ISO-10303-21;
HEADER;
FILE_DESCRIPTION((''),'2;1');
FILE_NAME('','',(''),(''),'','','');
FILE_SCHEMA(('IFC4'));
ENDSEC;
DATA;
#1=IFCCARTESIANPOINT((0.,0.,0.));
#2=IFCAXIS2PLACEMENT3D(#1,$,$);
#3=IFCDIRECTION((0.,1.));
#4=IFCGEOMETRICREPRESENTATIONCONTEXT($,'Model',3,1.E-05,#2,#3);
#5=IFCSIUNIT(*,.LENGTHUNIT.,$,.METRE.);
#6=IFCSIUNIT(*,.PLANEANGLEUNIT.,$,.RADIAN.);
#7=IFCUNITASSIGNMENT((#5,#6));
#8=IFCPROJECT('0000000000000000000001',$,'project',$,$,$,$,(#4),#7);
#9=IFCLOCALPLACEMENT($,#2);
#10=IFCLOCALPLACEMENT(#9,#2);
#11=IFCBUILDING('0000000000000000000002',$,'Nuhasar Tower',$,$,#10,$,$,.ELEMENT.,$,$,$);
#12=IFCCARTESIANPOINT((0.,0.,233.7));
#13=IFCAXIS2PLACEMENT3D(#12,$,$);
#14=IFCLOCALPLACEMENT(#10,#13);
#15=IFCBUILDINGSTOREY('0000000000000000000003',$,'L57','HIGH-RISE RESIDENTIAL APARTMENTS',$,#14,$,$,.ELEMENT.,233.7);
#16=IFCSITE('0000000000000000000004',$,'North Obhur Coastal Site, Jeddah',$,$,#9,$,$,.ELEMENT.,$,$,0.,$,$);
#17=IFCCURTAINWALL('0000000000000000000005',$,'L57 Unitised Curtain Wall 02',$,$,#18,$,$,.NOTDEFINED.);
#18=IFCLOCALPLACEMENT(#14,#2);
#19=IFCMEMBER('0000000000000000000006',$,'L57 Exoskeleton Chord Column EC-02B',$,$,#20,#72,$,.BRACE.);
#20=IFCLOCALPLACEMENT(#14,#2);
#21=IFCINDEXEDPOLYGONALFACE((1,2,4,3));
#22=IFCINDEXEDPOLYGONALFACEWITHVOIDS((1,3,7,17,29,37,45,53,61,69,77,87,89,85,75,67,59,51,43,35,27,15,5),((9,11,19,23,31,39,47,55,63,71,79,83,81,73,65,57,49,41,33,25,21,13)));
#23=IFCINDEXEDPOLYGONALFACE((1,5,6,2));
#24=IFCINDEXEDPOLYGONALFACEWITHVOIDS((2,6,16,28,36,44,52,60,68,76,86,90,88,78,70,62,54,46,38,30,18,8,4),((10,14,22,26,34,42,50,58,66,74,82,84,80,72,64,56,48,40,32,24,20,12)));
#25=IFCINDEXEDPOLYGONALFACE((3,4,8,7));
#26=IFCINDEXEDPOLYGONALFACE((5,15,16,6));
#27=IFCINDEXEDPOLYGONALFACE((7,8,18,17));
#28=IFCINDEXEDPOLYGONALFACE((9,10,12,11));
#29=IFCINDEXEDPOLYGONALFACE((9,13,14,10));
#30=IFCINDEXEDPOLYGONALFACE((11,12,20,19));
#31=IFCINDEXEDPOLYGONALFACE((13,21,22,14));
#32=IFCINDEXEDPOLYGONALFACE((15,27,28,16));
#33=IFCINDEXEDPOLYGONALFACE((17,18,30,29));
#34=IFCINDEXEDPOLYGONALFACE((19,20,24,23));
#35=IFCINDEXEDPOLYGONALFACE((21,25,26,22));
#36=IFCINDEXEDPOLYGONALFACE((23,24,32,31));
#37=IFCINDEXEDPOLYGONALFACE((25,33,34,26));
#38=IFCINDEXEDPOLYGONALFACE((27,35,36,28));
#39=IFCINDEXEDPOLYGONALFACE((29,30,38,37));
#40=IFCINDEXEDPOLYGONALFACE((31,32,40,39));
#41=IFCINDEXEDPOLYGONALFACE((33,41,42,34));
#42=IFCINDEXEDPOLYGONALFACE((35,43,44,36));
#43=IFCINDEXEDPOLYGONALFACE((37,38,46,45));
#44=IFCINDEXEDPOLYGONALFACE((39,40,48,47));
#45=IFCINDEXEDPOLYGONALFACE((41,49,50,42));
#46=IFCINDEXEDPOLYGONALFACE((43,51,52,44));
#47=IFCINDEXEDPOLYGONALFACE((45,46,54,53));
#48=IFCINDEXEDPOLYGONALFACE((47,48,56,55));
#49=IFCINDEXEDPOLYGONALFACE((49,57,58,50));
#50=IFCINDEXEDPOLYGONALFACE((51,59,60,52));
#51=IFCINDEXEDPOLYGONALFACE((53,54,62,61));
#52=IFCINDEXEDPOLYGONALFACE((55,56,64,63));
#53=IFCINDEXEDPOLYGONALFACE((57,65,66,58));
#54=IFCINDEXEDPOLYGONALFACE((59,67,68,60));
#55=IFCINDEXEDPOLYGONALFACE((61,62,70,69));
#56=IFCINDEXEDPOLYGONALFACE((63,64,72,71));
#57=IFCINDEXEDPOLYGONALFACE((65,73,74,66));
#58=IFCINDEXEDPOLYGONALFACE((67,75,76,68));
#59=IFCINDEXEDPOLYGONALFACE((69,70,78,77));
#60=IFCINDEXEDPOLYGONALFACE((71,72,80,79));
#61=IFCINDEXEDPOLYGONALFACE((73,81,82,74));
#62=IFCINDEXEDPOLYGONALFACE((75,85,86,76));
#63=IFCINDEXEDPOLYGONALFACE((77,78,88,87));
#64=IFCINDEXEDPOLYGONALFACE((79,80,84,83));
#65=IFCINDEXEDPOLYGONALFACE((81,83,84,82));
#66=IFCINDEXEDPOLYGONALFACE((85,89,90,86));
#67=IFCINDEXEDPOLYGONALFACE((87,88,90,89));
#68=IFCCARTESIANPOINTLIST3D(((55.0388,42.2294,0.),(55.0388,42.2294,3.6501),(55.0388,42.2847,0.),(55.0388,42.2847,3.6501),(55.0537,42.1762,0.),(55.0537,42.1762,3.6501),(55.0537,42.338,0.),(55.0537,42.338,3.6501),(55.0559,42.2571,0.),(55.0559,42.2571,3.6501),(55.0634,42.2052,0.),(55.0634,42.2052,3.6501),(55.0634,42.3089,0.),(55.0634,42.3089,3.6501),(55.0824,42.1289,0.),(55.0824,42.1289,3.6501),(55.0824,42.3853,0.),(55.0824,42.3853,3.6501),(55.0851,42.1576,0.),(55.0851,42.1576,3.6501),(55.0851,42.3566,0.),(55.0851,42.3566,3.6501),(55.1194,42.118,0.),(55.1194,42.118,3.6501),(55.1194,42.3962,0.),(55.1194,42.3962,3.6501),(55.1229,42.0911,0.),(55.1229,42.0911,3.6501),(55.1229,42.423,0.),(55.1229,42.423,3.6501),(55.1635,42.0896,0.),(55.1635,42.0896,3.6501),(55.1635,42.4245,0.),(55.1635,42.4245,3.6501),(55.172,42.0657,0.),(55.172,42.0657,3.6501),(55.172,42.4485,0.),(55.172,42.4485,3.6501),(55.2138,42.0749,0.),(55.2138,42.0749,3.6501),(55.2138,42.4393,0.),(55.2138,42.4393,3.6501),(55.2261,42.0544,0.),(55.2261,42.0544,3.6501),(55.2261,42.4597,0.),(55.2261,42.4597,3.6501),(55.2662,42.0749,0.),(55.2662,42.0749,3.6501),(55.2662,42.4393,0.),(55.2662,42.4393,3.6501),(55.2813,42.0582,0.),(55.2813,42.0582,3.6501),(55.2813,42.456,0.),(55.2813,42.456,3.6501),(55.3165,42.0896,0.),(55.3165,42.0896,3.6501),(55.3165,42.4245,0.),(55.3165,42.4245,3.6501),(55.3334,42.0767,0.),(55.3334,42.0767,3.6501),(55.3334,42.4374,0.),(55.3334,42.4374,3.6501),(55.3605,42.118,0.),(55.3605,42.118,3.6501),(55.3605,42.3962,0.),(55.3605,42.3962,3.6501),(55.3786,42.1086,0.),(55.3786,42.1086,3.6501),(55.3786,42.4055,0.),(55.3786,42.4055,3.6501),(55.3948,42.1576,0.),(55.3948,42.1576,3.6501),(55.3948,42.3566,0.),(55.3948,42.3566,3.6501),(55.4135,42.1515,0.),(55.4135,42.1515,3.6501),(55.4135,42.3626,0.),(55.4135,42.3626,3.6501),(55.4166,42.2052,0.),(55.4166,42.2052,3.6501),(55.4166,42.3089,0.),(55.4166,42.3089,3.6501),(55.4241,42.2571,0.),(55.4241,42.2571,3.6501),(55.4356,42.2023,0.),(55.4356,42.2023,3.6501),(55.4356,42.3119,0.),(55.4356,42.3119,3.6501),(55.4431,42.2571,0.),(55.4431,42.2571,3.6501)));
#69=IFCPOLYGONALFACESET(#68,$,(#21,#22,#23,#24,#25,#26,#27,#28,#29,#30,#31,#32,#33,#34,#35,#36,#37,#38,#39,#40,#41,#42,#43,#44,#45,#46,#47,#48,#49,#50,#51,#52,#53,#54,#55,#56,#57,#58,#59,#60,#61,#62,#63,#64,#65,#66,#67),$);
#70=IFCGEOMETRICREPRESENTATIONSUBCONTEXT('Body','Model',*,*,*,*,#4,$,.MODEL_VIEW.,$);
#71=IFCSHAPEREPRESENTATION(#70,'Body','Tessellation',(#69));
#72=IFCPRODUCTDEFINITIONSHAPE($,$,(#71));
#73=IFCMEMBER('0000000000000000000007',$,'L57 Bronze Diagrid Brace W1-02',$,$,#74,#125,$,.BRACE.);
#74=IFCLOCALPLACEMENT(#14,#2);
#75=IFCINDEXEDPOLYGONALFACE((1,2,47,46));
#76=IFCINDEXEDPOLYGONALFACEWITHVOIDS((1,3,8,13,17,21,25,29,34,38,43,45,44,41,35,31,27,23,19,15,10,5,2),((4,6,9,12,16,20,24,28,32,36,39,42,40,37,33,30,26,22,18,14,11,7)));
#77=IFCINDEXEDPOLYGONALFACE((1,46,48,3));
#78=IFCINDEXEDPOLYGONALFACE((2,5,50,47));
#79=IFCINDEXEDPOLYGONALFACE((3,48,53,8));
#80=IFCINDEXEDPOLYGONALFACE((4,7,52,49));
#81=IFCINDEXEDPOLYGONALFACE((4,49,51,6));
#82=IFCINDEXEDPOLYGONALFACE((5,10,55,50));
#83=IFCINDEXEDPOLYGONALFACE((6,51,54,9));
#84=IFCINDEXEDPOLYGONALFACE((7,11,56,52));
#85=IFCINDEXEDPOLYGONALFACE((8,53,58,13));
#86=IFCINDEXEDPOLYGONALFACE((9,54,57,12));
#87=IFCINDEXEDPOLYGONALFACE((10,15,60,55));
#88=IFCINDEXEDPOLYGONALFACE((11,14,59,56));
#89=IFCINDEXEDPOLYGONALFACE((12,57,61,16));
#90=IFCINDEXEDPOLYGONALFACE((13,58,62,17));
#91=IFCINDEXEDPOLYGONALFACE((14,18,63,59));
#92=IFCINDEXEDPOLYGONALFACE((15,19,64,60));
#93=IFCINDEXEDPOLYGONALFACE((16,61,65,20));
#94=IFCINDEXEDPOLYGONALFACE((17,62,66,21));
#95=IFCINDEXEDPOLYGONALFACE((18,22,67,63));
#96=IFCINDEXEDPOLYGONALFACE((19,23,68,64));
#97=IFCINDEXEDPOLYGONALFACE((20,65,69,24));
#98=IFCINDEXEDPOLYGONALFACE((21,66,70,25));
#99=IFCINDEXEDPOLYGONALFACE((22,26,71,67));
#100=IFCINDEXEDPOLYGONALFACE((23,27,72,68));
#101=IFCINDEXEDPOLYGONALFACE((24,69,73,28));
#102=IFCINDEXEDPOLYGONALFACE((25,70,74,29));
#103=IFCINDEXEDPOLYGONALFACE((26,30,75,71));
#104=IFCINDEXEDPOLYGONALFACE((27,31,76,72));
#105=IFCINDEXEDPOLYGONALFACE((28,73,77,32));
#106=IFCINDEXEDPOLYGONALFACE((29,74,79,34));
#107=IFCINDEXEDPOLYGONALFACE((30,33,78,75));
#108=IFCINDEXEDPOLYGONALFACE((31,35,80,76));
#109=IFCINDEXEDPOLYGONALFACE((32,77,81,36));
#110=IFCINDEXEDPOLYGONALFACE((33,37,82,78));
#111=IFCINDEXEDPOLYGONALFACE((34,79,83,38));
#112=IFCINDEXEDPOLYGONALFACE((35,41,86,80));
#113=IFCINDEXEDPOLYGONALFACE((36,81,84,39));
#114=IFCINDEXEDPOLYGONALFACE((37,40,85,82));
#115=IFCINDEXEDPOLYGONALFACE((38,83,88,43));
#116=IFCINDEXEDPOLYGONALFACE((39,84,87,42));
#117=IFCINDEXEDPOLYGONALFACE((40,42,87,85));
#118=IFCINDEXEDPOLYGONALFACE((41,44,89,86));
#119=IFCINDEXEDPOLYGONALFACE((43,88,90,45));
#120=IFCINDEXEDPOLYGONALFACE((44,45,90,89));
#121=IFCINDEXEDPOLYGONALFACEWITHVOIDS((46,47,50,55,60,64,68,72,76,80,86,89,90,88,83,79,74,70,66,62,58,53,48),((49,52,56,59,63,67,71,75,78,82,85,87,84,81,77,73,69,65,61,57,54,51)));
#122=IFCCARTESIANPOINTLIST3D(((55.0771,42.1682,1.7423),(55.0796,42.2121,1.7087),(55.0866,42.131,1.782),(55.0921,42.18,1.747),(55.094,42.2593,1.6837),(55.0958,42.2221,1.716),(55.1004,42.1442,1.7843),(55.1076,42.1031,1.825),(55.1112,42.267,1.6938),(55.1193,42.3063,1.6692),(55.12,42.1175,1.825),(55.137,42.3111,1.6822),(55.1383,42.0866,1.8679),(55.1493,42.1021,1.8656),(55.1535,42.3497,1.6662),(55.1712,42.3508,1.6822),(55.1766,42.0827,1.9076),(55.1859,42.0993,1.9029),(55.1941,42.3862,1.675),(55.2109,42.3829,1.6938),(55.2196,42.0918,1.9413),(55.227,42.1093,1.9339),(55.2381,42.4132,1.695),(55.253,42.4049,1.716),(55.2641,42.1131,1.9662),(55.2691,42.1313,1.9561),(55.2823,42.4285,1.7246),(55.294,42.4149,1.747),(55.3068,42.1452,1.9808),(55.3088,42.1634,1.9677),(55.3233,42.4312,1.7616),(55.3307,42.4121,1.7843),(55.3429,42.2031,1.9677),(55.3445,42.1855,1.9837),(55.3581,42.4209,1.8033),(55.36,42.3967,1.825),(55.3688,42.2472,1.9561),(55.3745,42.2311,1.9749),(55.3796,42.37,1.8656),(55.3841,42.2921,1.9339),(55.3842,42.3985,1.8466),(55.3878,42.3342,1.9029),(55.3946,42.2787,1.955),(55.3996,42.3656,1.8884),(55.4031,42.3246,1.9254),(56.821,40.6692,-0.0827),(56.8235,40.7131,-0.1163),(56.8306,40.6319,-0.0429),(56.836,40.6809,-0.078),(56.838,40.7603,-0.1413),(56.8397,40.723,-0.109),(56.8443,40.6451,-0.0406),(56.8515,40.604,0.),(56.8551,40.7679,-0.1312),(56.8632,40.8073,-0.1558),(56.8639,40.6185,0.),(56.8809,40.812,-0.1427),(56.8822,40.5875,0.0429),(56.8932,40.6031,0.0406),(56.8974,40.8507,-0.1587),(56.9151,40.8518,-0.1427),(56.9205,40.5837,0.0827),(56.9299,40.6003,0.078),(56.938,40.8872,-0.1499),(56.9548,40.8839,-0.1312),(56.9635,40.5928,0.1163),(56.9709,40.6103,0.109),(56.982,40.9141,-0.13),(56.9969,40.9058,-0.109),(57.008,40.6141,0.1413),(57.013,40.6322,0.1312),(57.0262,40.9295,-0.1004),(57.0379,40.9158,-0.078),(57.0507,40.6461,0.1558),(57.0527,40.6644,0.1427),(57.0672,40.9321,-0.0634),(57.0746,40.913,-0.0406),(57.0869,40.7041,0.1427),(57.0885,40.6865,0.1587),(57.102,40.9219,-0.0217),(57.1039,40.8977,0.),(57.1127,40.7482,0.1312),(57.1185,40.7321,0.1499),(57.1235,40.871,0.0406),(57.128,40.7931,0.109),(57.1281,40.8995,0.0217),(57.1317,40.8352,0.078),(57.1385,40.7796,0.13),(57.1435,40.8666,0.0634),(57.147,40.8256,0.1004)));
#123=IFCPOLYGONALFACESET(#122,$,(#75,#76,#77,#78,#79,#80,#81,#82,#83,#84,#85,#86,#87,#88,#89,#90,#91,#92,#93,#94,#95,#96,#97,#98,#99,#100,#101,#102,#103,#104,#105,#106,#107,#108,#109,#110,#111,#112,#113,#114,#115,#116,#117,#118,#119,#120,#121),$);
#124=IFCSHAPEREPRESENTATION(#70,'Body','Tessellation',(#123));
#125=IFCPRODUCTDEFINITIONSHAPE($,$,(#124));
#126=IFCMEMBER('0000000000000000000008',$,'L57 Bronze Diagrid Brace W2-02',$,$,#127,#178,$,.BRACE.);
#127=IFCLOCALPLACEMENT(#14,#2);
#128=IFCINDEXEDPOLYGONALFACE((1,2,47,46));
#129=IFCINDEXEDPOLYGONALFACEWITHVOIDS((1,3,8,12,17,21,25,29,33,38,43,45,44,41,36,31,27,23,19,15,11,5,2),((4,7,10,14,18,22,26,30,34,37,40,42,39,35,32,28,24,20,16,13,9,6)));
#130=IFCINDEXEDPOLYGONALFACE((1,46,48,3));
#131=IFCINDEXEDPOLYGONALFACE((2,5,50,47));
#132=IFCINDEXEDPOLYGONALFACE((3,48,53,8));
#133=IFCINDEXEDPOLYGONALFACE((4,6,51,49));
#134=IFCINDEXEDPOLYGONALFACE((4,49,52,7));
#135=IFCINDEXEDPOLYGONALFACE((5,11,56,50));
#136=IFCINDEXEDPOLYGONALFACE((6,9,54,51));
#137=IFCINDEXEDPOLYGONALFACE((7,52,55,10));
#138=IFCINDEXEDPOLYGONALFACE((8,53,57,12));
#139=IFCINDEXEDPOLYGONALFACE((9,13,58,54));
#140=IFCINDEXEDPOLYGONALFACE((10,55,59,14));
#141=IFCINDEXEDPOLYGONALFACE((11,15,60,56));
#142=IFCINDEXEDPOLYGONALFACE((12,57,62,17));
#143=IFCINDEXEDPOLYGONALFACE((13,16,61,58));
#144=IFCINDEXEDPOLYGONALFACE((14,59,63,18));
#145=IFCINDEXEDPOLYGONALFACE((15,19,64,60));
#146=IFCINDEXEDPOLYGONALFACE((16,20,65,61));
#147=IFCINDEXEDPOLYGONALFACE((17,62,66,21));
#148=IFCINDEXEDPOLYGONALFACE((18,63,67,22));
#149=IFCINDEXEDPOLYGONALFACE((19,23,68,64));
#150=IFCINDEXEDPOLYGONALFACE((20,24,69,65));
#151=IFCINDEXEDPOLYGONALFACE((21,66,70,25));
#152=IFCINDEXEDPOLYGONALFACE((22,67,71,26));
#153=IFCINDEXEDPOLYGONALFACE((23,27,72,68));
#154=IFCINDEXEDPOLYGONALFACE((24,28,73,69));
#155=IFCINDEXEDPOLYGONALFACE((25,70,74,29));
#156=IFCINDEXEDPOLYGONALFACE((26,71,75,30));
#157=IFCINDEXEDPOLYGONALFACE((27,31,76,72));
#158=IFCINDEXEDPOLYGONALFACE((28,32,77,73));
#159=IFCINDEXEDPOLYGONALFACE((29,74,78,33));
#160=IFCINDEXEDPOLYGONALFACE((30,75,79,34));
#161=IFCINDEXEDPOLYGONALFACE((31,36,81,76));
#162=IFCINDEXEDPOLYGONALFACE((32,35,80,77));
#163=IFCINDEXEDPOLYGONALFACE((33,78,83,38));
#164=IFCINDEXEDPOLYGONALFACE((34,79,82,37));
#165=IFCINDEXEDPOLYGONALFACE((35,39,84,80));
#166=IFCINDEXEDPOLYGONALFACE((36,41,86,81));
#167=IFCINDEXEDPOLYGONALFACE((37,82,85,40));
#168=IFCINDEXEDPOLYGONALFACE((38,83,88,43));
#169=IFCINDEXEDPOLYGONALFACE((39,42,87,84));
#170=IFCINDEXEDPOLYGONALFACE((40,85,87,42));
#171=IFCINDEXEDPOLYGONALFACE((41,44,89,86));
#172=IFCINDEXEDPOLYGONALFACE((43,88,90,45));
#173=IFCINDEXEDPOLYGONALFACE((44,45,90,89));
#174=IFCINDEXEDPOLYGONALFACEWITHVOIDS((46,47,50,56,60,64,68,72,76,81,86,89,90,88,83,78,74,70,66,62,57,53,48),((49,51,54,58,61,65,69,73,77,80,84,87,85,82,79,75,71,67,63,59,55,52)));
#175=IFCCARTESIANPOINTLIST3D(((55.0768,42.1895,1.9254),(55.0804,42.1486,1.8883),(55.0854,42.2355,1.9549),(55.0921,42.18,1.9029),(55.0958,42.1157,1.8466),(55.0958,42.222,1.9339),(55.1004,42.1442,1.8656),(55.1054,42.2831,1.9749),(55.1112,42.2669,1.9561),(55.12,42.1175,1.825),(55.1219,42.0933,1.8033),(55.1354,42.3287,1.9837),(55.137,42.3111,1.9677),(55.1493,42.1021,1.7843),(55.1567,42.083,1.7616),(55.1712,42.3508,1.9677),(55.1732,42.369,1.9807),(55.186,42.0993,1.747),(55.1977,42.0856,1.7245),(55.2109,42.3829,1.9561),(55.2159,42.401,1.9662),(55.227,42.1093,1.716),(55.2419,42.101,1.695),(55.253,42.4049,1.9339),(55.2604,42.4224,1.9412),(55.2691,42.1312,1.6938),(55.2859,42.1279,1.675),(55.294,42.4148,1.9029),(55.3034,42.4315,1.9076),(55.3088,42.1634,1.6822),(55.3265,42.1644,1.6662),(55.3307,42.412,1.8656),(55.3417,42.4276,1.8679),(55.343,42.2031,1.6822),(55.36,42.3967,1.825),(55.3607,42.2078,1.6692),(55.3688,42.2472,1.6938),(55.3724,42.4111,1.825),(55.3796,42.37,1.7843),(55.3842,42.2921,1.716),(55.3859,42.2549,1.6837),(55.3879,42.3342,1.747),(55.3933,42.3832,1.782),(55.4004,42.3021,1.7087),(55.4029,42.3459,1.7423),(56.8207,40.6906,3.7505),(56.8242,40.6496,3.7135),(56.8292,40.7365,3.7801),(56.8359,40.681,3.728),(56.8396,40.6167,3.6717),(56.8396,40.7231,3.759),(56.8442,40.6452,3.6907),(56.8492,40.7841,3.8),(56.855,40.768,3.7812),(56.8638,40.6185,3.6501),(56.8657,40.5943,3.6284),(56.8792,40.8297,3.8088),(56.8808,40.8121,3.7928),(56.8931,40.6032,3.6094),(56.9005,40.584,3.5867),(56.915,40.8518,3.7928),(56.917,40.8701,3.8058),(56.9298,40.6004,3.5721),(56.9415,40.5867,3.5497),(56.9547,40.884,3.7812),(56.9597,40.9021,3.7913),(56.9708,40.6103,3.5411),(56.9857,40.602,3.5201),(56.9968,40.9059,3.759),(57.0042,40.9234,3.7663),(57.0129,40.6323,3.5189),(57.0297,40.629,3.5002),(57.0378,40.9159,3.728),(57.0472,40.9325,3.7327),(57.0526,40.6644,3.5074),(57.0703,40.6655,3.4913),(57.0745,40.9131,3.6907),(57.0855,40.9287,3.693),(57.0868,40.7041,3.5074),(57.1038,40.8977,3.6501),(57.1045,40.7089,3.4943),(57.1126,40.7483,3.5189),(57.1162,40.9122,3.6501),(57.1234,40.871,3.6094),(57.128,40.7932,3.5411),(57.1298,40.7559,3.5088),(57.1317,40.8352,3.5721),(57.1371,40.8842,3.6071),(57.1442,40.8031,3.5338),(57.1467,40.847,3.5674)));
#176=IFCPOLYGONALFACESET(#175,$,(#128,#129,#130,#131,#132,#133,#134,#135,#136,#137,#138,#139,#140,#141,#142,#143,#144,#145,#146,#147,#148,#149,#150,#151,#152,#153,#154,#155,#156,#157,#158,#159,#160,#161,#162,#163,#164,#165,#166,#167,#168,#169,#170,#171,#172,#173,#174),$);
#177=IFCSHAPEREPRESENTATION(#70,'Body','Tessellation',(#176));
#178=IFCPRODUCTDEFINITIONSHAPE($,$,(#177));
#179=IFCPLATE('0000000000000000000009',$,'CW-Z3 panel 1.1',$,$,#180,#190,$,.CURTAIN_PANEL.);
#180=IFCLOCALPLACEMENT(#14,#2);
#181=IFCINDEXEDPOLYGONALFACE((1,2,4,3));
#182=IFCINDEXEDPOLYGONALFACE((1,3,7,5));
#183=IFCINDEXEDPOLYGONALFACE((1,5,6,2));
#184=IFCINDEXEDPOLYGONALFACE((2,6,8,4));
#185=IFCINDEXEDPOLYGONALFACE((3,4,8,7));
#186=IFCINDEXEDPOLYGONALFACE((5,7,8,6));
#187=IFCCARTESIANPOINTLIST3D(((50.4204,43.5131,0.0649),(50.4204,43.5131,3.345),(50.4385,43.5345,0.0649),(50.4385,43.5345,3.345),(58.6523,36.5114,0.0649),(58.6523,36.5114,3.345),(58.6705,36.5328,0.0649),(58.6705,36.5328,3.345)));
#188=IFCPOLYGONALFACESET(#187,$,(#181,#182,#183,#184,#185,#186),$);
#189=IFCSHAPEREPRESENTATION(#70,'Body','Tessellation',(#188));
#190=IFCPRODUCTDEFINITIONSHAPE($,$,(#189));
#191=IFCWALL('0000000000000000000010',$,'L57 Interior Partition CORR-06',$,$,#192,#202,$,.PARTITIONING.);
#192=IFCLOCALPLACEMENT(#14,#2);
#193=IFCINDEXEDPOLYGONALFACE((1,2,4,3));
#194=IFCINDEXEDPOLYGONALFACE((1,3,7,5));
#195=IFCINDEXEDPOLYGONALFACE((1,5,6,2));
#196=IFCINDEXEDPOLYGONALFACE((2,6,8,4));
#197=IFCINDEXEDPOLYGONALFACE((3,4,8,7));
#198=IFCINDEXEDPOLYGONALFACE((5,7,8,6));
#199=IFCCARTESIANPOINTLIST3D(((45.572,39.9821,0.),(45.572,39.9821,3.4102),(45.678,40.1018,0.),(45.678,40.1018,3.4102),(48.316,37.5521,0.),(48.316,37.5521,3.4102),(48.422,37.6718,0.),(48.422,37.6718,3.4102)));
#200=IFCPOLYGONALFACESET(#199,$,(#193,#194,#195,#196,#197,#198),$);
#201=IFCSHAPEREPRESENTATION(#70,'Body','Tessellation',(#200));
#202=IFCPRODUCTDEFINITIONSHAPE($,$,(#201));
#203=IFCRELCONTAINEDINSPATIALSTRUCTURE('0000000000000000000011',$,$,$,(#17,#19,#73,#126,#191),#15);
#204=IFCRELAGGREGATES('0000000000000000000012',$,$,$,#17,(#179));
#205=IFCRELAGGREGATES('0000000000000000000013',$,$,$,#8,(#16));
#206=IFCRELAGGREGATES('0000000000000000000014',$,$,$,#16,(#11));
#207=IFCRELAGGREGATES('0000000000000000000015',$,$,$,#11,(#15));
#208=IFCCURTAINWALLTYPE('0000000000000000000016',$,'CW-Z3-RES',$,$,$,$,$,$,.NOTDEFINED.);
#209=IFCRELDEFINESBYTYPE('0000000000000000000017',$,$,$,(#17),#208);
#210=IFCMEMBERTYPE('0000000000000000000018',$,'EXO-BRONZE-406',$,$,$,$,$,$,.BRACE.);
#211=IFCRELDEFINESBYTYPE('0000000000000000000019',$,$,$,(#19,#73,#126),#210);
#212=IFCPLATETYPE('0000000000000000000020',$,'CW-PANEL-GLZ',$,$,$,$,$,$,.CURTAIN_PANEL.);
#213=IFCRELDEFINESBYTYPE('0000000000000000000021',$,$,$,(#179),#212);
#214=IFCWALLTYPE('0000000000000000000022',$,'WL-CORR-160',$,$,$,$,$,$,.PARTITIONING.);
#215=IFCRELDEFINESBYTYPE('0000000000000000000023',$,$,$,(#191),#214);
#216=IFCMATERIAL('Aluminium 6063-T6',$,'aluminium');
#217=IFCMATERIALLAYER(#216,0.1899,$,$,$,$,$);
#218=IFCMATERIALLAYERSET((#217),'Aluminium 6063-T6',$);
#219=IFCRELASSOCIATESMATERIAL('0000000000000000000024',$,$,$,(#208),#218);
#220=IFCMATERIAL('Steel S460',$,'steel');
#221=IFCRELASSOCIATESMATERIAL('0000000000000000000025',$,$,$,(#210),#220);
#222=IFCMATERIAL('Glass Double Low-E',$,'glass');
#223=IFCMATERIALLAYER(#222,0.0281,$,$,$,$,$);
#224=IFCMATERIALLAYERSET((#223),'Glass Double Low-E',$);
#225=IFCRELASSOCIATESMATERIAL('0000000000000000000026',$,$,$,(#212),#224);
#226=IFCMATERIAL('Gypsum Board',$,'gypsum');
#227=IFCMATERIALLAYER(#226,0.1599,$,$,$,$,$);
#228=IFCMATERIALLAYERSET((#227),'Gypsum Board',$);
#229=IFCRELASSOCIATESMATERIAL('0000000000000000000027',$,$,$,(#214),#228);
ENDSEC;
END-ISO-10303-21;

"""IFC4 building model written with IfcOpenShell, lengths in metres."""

from ifc_helpers import new_model, si_unit, direction, frame, frame_2d, origin, origin_2d, place, context, subcontext, project, spatial, rectangle, hollow_circle, extrude, material, layer, layer_set, material_profile, profile_set, type_object, element, aggregate, save


model = new_model("IFC4")

# Units and contexts
model_context = context("Model", 3, precision=1e-05, world=origin(), true_north=direction((0.0, 1.0)))
body_context = subcontext(model_context, "Body", "Model", "MODEL_VIEW")
ifc_project = project(units=[si_unit("LENGTHUNIT", "METRE"), si_unit("PLANEANGLEUNIT", "RADIAN")], contexts=[model_context])

# Site, building, storey
site_placement = place(None, origin())
site = spatial("IfcSite", under=ifc_project, at=site_placement, Name="North Obhur Coastal Site, Jeddah", CompositionType="ELEMENT", RefElevation=0.0)
building_placement = place(site_placement, origin())
building = spatial("IfcBuilding", under=site, at=building_placement, Name="Nuhasar Tower", CompositionType="ELEMENT")
storey_placement = place(building_placement, frame((0.0, 0.0, 233.7)))
storey = spatial("IfcBuildingStorey", under=building, at=storey_placement, Name="L57", Description="HIGH-RISE RESIDENTIAL APARTMENTS", CompositionType="ELEMENT", Elevation=233.7)

# Curtain wall
ifc_material_1 = material(Name="Aluminium 6063-T6", Category="aluminium")
ifc_layer_1 = layer(ifc_material_1, 0.1899)
ifc_layer_set_1 = layer_set([ifc_layer_1], Name="Aluminium 6063-T6")
curtain_wall_type = type_object("IfcCurtainWallType", Name="CW-Z3-RES", PredefinedType="NOTDEFINED", material=ifc_layer_set_1)
curtain_wall_1_placement = place(storey_placement, origin())
curtain_wall_1 = element("IfcCurtainWall", 1, at=curtain_wall_1_placement, inside=storey, type_object=curtain_wall_type, Name="L57 Unitised Curtain Wall 02", PredefinedType="NOTDEFINED")

# Members
ifc_material_2 = material(Name="Steel S460", Category="steel")
ifc_material_profile_1 = material_profile(ifc_material_2, hollow_circle(Radius=0.2031, WallThickness=0.019, at=origin_2d()), Name="HSS406.4X19.1")
ifc_profile_set_1 = profile_set([ifc_material_profile_1], Name="Steel S460")
member_type_1 = type_object("IfcMemberType", Name="EXO-BRONZE-406", PredefinedType="BRACE", material=ifc_profile_set_1)
for number, where, z_axis, x_axis, name in (
    (2, (55.24, 42.2571, 0.0), (0.0, 0.0, 1.0), (1.0, 0.0, 0.0), "L57 Exoskeleton Chord Column EC-02B"),
):
    element("IfcMember", number, at=place(storey_placement, frame(where, z_axis=z_axis, x_axis=x_axis)), inside=storey, type_object=member_type_1, Name=name, PredefinedType="BRACE", context=body_context, shape_type="SweptSolid", body=[
        extrude(hollow_circle(Radius=0.2031, WallThickness=0.019, at=origin_2d()), origin(), (0.0, 0.0, 1.0), 3.6501),
    ])
for number, where, z_axis, x_axis, name in (
    (3, (56.9839, 40.7581, 0.0), (-0.594019, 0.510608, 0.621628), (-0.651857, -0.758342, 0.0), "L57 Bronze Diagrid Brace W1-02"),
    (4, (55.24, 42.2571, 1.825), (0.593988, -0.510582, 0.621679), (0.651857, 0.758342, 0.0), "L57 Bronze Diagrid Brace W2-02"),
):
    element("IfcMember", number, at=place(storey_placement, frame(where, z_axis=z_axis, x_axis=x_axis)), inside=storey, type_object=member_type_1, Name=name, PredefinedType="BRACE", context=body_context, shape_type="SweptSolid", body=[
        extrude(hollow_circle(Radius=0.2031, WallThickness=0.019, at=origin_2d()), origin(), (0.0, 0.0, 1.0), 2.9358),
    ])

# Plate
ifc_material_3 = material(Name="Glass Double Low-E", Category="glass")
ifc_layer_2 = layer(ifc_material_3, 0.0281)
ifc_layer_set_2 = layer_set([ifc_layer_2], Name="Glass Double Low-E")
plate_type = type_object("IfcPlateType", Name="CW-PANEL-GLZ", PredefinedType="CURTAIN_PANEL", material=ifc_layer_set_2)
plate_placement = place(storey_placement, frame((54.5454, 40.0229, 0.0649), z_axis=(0.0, 0.0, 1.0), x_axis=(-0.761729, 0.647895, 0.0)))
plate = element("IfcPlate", 5, at=plate_placement, type_object=plate_type, Name="CW-Z3 panel 1.1", PredefinedType="CURTAIN_PANEL", context=body_context, shape_type="SweptSolid", body=[
    extrude(rectangle(XDim=10.8069, YDim=0.0281, at=origin_2d()), origin(), (0.0, 0.0, 1.0), 3.28),
])
aggregate(curtain_wall_1, [plate])

# Shared definitions
ifc_material_4 = material(Name="Gypsum Board", Category="gypsum")
ifc_layer_3 = layer(ifc_material_4, 0.1599)
ifc_layer_set_3 = layer_set([ifc_layer_3], Name="Gypsum Board")
wall_type_1 = type_object("IfcWallType", Name="WL-CORR-160", PredefinedType="PARTITIONING", material=ifc_layer_set_3)

# Wall
wall_1_placement = place(storey_placement, frame((48.3689, 37.6121, 0.0), z_axis=(0.0, 0.0, 1.0), x_axis=(-0.748639, 0.662978, 0.0)))
element("IfcWall", 6, at=wall_1_placement, inside=storey, type_object=wall_type_1, Name="L57 Interior Partition CORR-06", PredefinedType="PARTITIONING", context=body_context, shape_type="SweptSolid", body=[
    extrude(rectangle(XDim=3.6653, YDim=0.1599, at=frame_2d((1.8325, 0.0))), origin(), (0.0, 0.0, 1.0), 3.4102),
])

save(model, "model.ifc")
